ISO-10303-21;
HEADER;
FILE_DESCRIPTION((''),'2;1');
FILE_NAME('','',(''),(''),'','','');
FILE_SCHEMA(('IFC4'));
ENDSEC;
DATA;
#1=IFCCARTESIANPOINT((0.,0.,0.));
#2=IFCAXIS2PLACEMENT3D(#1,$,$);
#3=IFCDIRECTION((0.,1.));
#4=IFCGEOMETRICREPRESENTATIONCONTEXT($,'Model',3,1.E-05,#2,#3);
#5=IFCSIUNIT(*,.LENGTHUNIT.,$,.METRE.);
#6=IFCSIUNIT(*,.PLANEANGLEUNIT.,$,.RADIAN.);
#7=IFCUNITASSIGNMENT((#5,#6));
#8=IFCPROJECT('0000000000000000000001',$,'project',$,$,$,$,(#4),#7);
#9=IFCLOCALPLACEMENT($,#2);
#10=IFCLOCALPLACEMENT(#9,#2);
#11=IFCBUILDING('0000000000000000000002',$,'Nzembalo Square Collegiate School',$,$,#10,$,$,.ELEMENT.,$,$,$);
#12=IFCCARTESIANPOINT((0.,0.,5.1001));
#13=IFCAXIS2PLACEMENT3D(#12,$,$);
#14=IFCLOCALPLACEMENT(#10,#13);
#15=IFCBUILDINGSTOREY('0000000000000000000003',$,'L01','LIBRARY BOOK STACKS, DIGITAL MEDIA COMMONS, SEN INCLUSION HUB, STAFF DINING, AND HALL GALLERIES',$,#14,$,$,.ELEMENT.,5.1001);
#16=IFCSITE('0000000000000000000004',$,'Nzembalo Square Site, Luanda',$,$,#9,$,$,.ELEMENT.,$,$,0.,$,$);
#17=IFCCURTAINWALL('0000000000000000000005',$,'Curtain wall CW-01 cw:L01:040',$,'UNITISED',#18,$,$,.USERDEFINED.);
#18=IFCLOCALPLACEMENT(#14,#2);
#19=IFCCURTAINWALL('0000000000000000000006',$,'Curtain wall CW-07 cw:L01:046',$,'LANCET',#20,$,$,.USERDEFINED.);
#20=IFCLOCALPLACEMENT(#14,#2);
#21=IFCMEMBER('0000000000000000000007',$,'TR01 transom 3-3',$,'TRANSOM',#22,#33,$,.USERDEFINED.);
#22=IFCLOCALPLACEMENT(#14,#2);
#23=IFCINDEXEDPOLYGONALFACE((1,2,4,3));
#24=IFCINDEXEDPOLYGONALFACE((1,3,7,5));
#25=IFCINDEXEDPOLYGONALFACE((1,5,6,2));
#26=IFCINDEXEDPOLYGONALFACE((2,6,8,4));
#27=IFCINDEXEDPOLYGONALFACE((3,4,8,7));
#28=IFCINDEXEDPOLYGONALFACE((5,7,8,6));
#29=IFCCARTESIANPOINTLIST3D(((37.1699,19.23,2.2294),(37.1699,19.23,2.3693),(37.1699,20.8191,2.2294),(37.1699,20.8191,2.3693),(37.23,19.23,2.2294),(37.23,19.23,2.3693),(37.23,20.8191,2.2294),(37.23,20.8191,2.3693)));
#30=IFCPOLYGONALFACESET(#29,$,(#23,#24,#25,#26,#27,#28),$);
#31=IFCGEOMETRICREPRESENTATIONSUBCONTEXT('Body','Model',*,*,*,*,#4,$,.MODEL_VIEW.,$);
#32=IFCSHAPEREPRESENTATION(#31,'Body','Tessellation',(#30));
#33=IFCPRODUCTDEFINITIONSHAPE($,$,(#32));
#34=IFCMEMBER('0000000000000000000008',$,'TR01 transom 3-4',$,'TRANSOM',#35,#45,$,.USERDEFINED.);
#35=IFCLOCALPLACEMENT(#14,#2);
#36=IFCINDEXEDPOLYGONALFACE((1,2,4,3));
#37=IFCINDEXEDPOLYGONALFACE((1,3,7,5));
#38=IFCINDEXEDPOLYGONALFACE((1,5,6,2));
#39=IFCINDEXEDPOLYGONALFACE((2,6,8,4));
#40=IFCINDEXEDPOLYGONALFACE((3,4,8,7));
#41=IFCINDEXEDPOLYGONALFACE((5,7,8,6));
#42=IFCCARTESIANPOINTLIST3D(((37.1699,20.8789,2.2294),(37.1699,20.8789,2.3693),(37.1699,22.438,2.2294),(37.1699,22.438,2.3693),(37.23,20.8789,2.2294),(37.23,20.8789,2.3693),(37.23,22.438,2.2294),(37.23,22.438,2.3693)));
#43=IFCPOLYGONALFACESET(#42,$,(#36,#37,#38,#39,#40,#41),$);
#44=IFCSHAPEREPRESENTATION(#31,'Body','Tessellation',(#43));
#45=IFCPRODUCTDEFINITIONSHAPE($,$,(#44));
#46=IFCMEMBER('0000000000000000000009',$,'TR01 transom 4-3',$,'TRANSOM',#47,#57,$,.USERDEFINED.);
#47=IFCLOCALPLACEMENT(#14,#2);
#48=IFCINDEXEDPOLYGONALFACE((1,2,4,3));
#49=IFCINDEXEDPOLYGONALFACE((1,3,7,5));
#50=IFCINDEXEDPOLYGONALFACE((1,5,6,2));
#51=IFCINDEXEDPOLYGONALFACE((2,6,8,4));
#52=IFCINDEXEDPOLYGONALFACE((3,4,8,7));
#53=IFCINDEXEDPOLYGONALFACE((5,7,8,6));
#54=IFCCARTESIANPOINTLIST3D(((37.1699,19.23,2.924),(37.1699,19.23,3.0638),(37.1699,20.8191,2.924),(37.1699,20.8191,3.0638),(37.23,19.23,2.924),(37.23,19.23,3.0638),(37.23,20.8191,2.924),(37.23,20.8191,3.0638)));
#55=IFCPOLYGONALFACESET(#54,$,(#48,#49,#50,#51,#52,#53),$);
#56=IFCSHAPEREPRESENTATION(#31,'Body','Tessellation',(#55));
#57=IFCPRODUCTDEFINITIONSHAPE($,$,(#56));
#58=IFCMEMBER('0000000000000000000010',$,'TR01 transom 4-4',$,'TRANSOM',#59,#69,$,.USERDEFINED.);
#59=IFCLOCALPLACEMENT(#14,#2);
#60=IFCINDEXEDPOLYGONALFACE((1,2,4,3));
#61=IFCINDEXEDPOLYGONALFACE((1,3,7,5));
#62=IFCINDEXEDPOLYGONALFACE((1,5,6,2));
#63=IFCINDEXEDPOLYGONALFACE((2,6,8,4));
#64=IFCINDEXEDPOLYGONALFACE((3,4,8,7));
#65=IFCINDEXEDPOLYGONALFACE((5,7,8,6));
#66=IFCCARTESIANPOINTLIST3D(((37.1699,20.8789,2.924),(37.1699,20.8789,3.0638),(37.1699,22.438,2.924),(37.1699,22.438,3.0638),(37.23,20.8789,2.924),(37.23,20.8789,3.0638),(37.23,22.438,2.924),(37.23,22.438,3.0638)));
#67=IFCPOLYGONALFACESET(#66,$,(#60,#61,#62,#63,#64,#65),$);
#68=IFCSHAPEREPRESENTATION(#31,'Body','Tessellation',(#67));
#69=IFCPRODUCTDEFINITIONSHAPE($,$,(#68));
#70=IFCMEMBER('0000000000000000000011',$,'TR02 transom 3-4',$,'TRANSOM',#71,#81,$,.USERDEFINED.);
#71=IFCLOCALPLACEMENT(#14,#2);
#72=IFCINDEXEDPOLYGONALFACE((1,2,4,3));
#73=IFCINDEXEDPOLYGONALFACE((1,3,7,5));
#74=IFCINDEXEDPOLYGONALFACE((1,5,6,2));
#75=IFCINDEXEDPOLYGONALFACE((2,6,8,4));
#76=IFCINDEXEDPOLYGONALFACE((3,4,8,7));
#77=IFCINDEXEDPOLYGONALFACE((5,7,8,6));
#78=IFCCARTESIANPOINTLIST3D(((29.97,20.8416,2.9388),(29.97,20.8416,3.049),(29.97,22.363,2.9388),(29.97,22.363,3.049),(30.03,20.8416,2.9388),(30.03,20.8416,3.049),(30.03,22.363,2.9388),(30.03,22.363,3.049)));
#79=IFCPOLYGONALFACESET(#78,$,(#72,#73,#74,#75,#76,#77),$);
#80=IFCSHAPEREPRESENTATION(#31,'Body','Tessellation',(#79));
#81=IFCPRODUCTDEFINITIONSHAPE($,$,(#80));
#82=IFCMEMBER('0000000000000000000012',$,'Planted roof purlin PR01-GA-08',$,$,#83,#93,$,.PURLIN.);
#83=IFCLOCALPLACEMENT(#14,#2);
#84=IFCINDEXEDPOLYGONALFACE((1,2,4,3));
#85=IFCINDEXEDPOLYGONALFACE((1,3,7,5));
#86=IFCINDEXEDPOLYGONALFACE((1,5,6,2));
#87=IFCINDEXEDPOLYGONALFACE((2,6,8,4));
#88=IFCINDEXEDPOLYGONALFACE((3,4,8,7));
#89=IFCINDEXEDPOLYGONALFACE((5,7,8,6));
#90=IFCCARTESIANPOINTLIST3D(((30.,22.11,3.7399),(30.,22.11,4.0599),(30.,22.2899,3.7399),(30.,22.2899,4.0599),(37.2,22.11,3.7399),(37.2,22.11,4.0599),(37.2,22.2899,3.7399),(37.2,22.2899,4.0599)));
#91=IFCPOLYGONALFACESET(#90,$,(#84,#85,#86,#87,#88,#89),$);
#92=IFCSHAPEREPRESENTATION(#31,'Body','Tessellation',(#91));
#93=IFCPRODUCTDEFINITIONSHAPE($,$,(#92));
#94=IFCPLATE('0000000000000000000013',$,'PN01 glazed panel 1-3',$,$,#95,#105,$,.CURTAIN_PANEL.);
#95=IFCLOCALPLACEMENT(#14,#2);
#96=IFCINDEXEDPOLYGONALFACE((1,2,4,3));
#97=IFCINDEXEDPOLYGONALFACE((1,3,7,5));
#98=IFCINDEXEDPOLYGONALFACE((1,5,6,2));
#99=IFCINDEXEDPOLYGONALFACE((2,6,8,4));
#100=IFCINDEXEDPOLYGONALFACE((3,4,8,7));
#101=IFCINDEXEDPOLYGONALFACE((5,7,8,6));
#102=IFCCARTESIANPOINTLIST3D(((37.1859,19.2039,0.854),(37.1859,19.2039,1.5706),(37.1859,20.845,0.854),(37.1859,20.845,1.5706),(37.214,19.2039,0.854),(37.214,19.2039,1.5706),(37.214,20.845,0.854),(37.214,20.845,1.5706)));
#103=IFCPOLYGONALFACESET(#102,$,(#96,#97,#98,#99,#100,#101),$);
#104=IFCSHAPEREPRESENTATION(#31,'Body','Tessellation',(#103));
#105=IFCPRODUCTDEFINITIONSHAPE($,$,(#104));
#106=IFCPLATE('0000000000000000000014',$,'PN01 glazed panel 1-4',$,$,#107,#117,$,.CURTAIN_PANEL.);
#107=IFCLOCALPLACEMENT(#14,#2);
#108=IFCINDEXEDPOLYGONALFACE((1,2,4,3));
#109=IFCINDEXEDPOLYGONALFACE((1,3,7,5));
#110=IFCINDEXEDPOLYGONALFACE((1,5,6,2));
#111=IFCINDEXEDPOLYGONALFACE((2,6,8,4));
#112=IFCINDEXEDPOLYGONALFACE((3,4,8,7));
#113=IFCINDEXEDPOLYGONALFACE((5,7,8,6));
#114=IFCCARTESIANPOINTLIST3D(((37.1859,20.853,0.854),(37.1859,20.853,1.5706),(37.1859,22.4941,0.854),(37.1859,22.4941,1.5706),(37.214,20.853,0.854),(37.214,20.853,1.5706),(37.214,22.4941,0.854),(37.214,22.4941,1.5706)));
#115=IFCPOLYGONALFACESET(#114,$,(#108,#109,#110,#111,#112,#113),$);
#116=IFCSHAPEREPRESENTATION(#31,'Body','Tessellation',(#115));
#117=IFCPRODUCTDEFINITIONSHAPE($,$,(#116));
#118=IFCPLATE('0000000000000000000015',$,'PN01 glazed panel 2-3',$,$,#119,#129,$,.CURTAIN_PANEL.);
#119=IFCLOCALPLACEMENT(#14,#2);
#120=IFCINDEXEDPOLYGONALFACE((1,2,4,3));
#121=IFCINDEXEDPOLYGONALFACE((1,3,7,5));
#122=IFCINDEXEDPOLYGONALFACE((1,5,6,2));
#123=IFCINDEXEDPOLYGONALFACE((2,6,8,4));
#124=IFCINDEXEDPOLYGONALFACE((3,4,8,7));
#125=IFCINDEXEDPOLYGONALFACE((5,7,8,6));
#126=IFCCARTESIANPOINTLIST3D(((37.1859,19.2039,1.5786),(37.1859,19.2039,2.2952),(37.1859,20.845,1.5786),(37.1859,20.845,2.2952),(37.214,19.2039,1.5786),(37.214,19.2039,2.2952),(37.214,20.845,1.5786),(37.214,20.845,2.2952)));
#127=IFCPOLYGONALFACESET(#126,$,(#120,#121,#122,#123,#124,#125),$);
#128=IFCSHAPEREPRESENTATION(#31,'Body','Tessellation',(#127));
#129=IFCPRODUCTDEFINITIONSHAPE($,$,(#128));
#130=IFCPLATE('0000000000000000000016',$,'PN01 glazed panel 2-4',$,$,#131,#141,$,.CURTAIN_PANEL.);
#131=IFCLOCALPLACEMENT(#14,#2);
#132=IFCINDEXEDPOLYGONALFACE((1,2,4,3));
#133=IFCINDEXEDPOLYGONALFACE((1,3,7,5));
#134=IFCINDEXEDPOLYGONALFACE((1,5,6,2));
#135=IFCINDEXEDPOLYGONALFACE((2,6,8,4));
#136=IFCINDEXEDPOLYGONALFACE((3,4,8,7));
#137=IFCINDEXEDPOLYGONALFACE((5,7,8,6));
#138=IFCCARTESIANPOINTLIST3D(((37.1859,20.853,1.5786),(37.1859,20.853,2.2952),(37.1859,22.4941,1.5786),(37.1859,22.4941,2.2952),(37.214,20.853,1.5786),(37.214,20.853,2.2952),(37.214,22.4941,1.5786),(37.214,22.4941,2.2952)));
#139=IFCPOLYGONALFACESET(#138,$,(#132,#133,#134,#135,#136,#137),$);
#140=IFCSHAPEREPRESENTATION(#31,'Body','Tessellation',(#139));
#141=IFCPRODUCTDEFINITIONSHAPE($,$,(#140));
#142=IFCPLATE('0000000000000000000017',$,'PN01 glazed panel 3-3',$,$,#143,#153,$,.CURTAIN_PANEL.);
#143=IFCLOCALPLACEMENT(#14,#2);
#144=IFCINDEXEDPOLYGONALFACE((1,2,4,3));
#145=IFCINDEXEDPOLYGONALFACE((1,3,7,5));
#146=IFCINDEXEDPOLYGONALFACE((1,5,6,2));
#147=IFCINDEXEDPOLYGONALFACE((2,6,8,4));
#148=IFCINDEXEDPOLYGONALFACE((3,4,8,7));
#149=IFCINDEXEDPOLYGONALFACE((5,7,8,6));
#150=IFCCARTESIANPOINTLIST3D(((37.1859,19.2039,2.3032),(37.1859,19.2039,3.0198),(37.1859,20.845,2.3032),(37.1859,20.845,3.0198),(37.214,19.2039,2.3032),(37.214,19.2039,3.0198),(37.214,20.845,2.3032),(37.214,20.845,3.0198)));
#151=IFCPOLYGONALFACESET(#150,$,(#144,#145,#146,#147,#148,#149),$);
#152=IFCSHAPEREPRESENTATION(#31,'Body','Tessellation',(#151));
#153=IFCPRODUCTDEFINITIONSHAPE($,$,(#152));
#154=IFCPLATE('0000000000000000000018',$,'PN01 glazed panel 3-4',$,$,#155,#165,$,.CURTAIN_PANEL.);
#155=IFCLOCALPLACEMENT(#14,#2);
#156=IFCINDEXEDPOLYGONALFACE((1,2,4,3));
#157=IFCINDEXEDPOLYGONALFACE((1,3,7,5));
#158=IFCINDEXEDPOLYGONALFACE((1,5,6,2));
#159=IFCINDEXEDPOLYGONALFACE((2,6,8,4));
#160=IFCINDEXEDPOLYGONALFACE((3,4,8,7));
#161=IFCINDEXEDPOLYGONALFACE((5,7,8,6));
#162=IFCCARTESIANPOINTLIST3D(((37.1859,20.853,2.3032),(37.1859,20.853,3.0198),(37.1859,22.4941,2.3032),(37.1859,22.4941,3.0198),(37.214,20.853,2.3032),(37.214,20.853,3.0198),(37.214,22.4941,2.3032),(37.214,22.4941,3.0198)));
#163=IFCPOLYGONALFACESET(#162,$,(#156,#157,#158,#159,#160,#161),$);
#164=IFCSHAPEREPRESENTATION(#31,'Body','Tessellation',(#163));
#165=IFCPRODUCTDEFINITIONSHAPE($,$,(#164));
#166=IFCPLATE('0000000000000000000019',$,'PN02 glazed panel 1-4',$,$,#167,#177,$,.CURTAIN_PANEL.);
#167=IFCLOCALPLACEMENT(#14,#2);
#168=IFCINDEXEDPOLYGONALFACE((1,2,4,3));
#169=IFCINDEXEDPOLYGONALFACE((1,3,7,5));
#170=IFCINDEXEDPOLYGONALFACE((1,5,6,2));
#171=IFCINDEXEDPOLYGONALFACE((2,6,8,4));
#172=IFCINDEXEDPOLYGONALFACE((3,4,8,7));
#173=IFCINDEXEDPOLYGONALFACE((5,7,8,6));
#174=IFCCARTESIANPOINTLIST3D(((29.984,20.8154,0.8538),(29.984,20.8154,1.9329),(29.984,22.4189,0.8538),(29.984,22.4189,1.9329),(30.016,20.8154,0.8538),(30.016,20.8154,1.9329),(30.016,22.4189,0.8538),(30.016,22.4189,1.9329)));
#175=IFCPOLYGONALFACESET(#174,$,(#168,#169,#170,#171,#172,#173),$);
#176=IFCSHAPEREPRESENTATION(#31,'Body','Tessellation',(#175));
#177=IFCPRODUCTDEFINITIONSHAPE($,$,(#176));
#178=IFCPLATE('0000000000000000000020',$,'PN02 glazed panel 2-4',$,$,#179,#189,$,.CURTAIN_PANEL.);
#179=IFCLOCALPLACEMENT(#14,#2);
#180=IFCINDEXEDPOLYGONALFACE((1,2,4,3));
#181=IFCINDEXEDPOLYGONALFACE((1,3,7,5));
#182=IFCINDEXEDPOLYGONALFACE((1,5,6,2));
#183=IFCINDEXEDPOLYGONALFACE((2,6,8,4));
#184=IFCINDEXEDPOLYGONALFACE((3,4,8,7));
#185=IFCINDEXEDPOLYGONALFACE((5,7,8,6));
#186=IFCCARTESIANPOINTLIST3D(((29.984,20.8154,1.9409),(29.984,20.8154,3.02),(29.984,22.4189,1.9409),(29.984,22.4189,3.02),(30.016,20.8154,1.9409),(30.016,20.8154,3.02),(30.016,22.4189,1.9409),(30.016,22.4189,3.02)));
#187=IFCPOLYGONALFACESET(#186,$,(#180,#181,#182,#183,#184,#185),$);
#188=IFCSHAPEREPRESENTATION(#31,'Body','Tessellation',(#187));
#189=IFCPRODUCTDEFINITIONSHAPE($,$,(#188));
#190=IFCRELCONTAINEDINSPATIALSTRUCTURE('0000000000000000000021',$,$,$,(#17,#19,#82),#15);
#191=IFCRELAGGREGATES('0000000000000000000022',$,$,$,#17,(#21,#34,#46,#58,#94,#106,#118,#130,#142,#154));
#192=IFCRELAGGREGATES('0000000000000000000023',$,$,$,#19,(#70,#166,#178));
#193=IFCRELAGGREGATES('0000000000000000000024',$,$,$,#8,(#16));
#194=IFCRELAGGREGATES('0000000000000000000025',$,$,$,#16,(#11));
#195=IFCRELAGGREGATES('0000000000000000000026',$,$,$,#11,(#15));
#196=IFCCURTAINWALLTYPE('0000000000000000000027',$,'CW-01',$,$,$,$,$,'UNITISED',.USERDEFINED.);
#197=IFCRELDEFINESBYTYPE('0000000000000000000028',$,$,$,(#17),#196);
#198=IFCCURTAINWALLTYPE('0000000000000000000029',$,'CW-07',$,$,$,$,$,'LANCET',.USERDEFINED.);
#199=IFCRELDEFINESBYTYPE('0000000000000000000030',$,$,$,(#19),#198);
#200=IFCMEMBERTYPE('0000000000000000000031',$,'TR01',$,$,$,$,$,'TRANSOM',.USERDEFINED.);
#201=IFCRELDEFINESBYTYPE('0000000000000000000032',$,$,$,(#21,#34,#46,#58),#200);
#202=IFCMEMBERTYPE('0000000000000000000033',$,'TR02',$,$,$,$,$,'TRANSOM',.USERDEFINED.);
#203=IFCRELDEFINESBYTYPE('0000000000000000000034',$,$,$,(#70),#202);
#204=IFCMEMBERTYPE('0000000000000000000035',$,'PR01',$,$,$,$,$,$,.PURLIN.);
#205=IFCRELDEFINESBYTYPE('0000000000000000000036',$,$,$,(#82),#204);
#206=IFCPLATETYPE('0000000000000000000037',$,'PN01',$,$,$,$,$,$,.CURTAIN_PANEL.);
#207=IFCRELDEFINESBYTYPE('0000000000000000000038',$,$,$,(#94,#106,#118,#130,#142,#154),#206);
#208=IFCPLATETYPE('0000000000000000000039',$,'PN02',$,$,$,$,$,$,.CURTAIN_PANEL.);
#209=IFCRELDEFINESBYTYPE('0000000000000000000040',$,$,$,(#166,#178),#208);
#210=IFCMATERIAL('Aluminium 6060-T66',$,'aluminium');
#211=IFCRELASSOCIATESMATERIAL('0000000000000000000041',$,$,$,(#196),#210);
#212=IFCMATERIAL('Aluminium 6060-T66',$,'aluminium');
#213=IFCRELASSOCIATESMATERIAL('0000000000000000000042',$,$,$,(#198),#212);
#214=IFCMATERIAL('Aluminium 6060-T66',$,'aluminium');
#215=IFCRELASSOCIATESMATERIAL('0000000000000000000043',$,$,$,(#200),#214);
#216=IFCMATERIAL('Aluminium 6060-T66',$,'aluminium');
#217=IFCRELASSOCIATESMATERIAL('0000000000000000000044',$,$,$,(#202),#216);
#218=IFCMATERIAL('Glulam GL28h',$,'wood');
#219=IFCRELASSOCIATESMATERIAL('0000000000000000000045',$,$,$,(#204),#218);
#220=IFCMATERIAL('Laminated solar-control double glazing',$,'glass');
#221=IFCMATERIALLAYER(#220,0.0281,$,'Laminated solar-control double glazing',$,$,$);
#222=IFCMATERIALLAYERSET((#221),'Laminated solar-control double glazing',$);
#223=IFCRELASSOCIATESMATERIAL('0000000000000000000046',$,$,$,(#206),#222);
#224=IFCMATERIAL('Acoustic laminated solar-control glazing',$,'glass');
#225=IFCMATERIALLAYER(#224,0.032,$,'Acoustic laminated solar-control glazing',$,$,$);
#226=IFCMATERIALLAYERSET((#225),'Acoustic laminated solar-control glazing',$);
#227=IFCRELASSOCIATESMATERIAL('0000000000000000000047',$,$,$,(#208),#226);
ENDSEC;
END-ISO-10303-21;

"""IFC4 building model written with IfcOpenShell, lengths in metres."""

from ifc_helpers import new_model, si_unit, direction, frame, origin, origin_2d, place, context, subcontext, project, spatial, rectangle, extrude, material, layer, layer_set, material_profile, profile_set, type_object, element, aggregate, save


model = new_model("IFC4")

# Units and contexts
model_context = context("Model", 3, precision=1e-05, world=origin(), true_north=direction((0.0, 1.0)))
body_context = subcontext(model_context, "Body", "Model", "MODEL_VIEW")
ifc_project = project(units=[si_unit("LENGTHUNIT", "METRE"), si_unit("PLANEANGLEUNIT", "RADIAN")], contexts=[model_context])

# Site, building, storey
site_placement = place(None, origin())
site = spatial("IfcSite", under=ifc_project, at=site_placement, Name="Nzembalo Square Site, Luanda", CompositionType="ELEMENT", RefElevation=0.0)
building_placement = place(site_placement, origin())
building = spatial("IfcBuilding", under=site, at=building_placement, Name="Nzembalo Square Collegiate School", CompositionType="ELEMENT")
storey_placement = place(building_placement, frame((0.0, 0.0, 5.1001)))
storey = spatial("IfcBuildingStorey", under=building, at=storey_placement, Name="L01", Description="LIBRARY BOOK STACKS, DIGITAL MEDIA COMMONS, SEN INCLUSION HUB, STAFF DINING, AND HALL GALLERIES", CompositionType="ELEMENT", Elevation=5.1001)

# Curtain wall
ifc_material_1 = material(Name="Aluminium 6060-T66", Category="aluminium")
curtain_wall_type_1 = type_object("IfcCurtainWallType", Name="CW-01", ElementType="UNITISED", PredefinedType="USERDEFINED", material=ifc_material_1)
curtain_wall_1_placement = place(storey_placement, origin())
curtain_wall_1 = element("IfcCurtainWall", 1, at=curtain_wall_1_placement, inside=storey, type_object=curtain_wall_type_1, Name="Curtain wall CW-01 cw:L01:040", ObjectType="UNITISED", PredefinedType="USERDEFINED")

# Curtain wall
ifc_material_2 = material(Name="Aluminium 6060-T66", Category="aluminium")
curtain_wall_type_2 = type_object("IfcCurtainWallType", Name="CW-07", ElementType="LANCET", PredefinedType="USERDEFINED", material=ifc_material_2)
curtain_wall_2_placement = place(storey_placement, origin())
curtain_wall_2 = element("IfcCurtainWall", 2, at=curtain_wall_2_placement, inside=storey, type_object=curtain_wall_type_2, Name="Curtain wall CW-07 cw:L01:046", ObjectType="LANCET", PredefinedType="USERDEFINED")

# Members
ifc_material_3 = material(Name="Aluminium 6060-T66", Category="aluminium")
ifc_material_profile_1 = material_profile(ifc_material_3, rectangle(XDim=0.0601, YDim=0.1399, at=origin_2d()), Name="ALU T60x140")
ifc_profile_set_1 = profile_set([ifc_material_profile_1], Name="Aluminium 6060-T66")
member_type_1 = type_object("IfcMemberType", Name="TR01", ElementType="TRANSOM", PredefinedType="USERDEFINED", material=ifc_profile_set_1)
member_1_placement = place(storey_placement, frame((37.2, 19.23, 2.2993), z_axis=(0.0, 1.0, 0.0), x_axis=(-1.0, 0.0, 0.0)))
member_1 = element("IfcMember", 3, at=member_1_placement, type_object=member_type_1, Name="TR01 transom 3-3", ObjectType="TRANSOM", PredefinedType="USERDEFINED", context=body_context, shape_type="SweptSolid", body=[
    extrude(rectangle(XDim=0.0601, YDim=0.1399, at=origin_2d()), origin(), (0.0, 0.0, 1.0), 1.5891),
])
member_2_placement = place(storey_placement, frame((37.2, 20.8789, 2.2993), z_axis=(0.0, 1.0, 0.0), x_axis=(-1.0, 0.0, 0.0)))
member_2 = element("IfcMember", 4, at=member_2_placement, type_object=member_type_1, Name="TR01 transom 3-4", ObjectType="TRANSOM", PredefinedType="USERDEFINED", context=body_context, shape_type="SweptSolid", body=[
    extrude(rectangle(XDim=0.0601, YDim=0.1399, at=origin_2d()), origin(), (0.0, 0.0, 1.0), 1.5591),
])
member_3_placement = place(storey_placement, frame((37.2, 19.23, 2.9939), z_axis=(0.0, 1.0, 0.0), x_axis=(-1.0, 0.0, 0.0)))
member_3 = element("IfcMember", 5, at=member_3_placement, type_object=member_type_1, Name="TR01 transom 4-3", ObjectType="TRANSOM", PredefinedType="USERDEFINED", context=body_context, shape_type="SweptSolid", body=[
    extrude(rectangle(XDim=0.0601, YDim=0.1399, at=origin_2d()), origin(), (0.0, 0.0, 1.0), 1.5891),
])
member_4_placement = place(storey_placement, frame((37.2, 20.8789, 2.9939), z_axis=(0.0, 1.0, 0.0), x_axis=(-1.0, 0.0, 0.0)))
member_4 = element("IfcMember", 6, at=member_4_placement, type_object=member_type_1, Name="TR01 transom 4-4", ObjectType="TRANSOM", PredefinedType="USERDEFINED", context=body_context, shape_type="SweptSolid", body=[
    extrude(rectangle(XDim=0.0601, YDim=0.1399, at=origin_2d()), origin(), (0.0, 0.0, 1.0), 1.5591),
])
ifc_material_4 = material(Name="Aluminium 6060-T66", Category="aluminium")
ifc_material_profile_2 = material_profile(ifc_material_4, rectangle(XDim=0.0601, YDim=0.1101, at=origin_2d()), Name="ALU T60x110")
ifc_profile_set_2 = profile_set([ifc_material_profile_2], Name="Aluminium 6060-T66")
member_type_2 = type_object("IfcMemberType", Name="TR02", ElementType="TRANSOM", PredefinedType="USERDEFINED", material=ifc_profile_set_2)
member_5_placement = place(storey_placement, frame((30.0, 20.8416, 2.9939), z_axis=(0.0, 1.0, 0.0), x_axis=(-1.0, 0.0, 0.0)))
member_5 = element("IfcMember", 7, at=member_5_placement, type_object=member_type_2, Name="TR02 transom 3-4", ObjectType="TRANSOM", PredefinedType="USERDEFINED", context=body_context, shape_type="SweptSolid", body=[
    extrude(rectangle(XDim=0.0601, YDim=0.1101, at=origin_2d()), origin(), (0.0, 0.0, 1.0), 1.5215),
])
ifc_material_5 = material(Name="Glulam GL28h", Category="wood")
ifc_material_profile_3 = material_profile(ifc_material_5, rectangle(XDim=0.1799, YDim=0.3201, at=origin_2d()), Name="GL28h 180x320")
ifc_profile_set_3 = profile_set([ifc_material_profile_3], Name="Glulam GL28h")
member_type_3 = type_object("IfcMemberType", Name="PR01", PredefinedType="PURLIN", material=ifc_profile_set_3)
member_6_placement = place(storey_placement, frame((30.0, 22.2, 3.8999), z_axis=(1.0, 0.0, 0.0), x_axis=(0.0, 1.0, 0.0)))
element("IfcMember", 8, at=member_6_placement, inside=storey, type_object=member_type_3, Name="Planted roof purlin PR01-GA-08", PredefinedType="PURLIN", context=body_context, shape_type="SweptSolid", body=[
    extrude(rectangle(XDim=0.1799, YDim=0.3201, at=origin_2d()), origin(), (0.0, 0.0, 1.0), 7.2),
])

# Plates
ifc_material_6 = material(Name="Laminated solar-control double glazing", Category="glass")
ifc_layer_1 = layer(ifc_material_6, 0.0281, Name="Laminated solar-control double glazing")
ifc_layer_set_1 = layer_set([ifc_layer_1], Name="Laminated solar-control double glazing")
plate_type_1 = type_object("IfcPlateType", Name="PN01", PredefinedType="CURTAIN_PANEL", material=ifc_layer_set_1)
plate_1_placement = place(storey_placement, frame((37.2, 20.0244, 0.854), z_axis=(0.0, 0.0, 1.0), x_axis=(0.0, 1.0, 0.0)))
plate_1 = element("IfcPlate", 9, at=plate_1_placement, type_object=plate_type_1, Name="PN01 glazed panel 1-3", PredefinedType="CURTAIN_PANEL", context=body_context, shape_type="SweptSolid", body=[
    extrude(rectangle(XDim=1.6411, YDim=0.0281, at=origin_2d()), origin(), (0.0, 0.0, 1.0), 0.7166),
])
plate_2_placement = place(storey_placement, frame((37.2, 21.6736, 0.854), z_axis=(0.0, 0.0, 1.0), x_axis=(0.0, 1.0, 0.0)))
plate_2 = element("IfcPlate", 10, at=plate_2_placement, type_object=plate_type_1, Name="PN01 glazed panel 1-4", PredefinedType="CURTAIN_PANEL", context=body_context, shape_type="SweptSolid", body=[
    extrude(rectangle(XDim=1.6411, YDim=0.0281, at=origin_2d()), origin(), (0.0, 0.0, 1.0), 0.7166),
])
plate_3_placement = place(storey_placement, frame((37.2, 20.0244, 1.5786), z_axis=(0.0, 0.0, 1.0), x_axis=(0.0, 1.0, 0.0)))
plate_3 = element("IfcPlate", 11, at=plate_3_placement, type_object=plate_type_1, Name="PN01 glazed panel 2-3", PredefinedType="CURTAIN_PANEL", context=body_context, shape_type="SweptSolid", body=[
    extrude(rectangle(XDim=1.6411, YDim=0.0281, at=origin_2d()), origin(), (0.0, 0.0, 1.0), 0.7166),
])
plate_4_placement = place(storey_placement, frame((37.2, 21.6736, 1.5786), z_axis=(0.0, 0.0, 1.0), x_axis=(0.0, 1.0, 0.0)))
plate_4 = element("IfcPlate", 12, at=plate_4_placement, type_object=plate_type_1, Name="PN01 glazed panel 2-4", PredefinedType="CURTAIN_PANEL", context=body_context, shape_type="SweptSolid", body=[
    extrude(rectangle(XDim=1.6411, YDim=0.0281, at=origin_2d()), origin(), (0.0, 0.0, 1.0), 0.7166),
])
plate_5_placement = place(storey_placement, frame((37.2, 20.0244, 2.3032), z_axis=(0.0, 0.0, 1.0), x_axis=(0.0, 1.0, 0.0)))
plate_5 = element("IfcPlate", 13, at=plate_5_placement, type_object=plate_type_1, Name="PN01 glazed panel 3-3", PredefinedType="CURTAIN_PANEL", context=body_context, shape_type="SweptSolid", body=[
    extrude(rectangle(XDim=1.6411, YDim=0.0281, at=origin_2d()), origin(), (0.0, 0.0, 1.0), 0.7166),
])
plate_6_placement = place(storey_placement, frame((37.2, 21.6736, 2.3032), z_axis=(0.0, 0.0, 1.0), x_axis=(0.0, 1.0, 0.0)))
plate_6 = element("IfcPlate", 14, at=plate_6_placement, type_object=plate_type_1, Name="PN01 glazed panel 3-4", PredefinedType="CURTAIN_PANEL", context=body_context, shape_type="SweptSolid", body=[
    extrude(rectangle(XDim=1.6411, YDim=0.0281, at=origin_2d()), origin(), (0.0, 0.0, 1.0), 0.7166),
])
aggregate(curtain_wall_1, [member_1, member_2, member_3, member_4, plate_1, plate_2, plate_3, plate_4, plate_5, plate_6])
ifc_material_7 = material(Name="Acoustic laminated solar-control glazing", Category="glass")
ifc_layer_2 = layer(ifc_material_7, 0.032, Name="Acoustic laminated solar-control glazing")
ifc_layer_set_2 = layer_set([ifc_layer_2], Name="Acoustic laminated solar-control glazing")
plate_type_2 = type_object("IfcPlateType", Name="PN02", PredefinedType="CURTAIN_PANEL", material=ifc_layer_set_2)
plate_7_placement = place(storey_placement, frame((30.0, 21.6172, 0.8538), z_axis=(0.0, 0.0, 1.0), x_axis=(0.0, 1.0, 0.0)))
plate_7 = element("IfcPlate", 15, at=plate_7_placement, type_object=plate_type_2, Name="PN02 glazed panel 1-4", PredefinedType="CURTAIN_PANEL", context=body_context, shape_type="SweptSolid", body=[
    extrude(rectangle(XDim=1.6035, YDim=0.032, at=origin_2d()), origin(), (0.0, 0.0, 1.0), 1.0791),
])
plate_8_placement = place(storey_placement, frame((30.0, 21.6172, 1.9409), z_axis=(0.0, 0.0, 1.0), x_axis=(0.0, 1.0, 0.0)))
plate_8 = element("IfcPlate", 16, at=plate_8_placement, type_object=plate_type_2, Name="PN02 glazed panel 2-4", PredefinedType="CURTAIN_PANEL", context=body_context, shape_type="SweptSolid", body=[
    extrude(rectangle(XDim=1.6035, YDim=0.032, at=origin_2d()), origin(), (0.0, 0.0, 1.0), 1.0791),
])
aggregate(curtain_wall_2, [member_5, plate_7, plate_8])

save(model, "model.ifc")
